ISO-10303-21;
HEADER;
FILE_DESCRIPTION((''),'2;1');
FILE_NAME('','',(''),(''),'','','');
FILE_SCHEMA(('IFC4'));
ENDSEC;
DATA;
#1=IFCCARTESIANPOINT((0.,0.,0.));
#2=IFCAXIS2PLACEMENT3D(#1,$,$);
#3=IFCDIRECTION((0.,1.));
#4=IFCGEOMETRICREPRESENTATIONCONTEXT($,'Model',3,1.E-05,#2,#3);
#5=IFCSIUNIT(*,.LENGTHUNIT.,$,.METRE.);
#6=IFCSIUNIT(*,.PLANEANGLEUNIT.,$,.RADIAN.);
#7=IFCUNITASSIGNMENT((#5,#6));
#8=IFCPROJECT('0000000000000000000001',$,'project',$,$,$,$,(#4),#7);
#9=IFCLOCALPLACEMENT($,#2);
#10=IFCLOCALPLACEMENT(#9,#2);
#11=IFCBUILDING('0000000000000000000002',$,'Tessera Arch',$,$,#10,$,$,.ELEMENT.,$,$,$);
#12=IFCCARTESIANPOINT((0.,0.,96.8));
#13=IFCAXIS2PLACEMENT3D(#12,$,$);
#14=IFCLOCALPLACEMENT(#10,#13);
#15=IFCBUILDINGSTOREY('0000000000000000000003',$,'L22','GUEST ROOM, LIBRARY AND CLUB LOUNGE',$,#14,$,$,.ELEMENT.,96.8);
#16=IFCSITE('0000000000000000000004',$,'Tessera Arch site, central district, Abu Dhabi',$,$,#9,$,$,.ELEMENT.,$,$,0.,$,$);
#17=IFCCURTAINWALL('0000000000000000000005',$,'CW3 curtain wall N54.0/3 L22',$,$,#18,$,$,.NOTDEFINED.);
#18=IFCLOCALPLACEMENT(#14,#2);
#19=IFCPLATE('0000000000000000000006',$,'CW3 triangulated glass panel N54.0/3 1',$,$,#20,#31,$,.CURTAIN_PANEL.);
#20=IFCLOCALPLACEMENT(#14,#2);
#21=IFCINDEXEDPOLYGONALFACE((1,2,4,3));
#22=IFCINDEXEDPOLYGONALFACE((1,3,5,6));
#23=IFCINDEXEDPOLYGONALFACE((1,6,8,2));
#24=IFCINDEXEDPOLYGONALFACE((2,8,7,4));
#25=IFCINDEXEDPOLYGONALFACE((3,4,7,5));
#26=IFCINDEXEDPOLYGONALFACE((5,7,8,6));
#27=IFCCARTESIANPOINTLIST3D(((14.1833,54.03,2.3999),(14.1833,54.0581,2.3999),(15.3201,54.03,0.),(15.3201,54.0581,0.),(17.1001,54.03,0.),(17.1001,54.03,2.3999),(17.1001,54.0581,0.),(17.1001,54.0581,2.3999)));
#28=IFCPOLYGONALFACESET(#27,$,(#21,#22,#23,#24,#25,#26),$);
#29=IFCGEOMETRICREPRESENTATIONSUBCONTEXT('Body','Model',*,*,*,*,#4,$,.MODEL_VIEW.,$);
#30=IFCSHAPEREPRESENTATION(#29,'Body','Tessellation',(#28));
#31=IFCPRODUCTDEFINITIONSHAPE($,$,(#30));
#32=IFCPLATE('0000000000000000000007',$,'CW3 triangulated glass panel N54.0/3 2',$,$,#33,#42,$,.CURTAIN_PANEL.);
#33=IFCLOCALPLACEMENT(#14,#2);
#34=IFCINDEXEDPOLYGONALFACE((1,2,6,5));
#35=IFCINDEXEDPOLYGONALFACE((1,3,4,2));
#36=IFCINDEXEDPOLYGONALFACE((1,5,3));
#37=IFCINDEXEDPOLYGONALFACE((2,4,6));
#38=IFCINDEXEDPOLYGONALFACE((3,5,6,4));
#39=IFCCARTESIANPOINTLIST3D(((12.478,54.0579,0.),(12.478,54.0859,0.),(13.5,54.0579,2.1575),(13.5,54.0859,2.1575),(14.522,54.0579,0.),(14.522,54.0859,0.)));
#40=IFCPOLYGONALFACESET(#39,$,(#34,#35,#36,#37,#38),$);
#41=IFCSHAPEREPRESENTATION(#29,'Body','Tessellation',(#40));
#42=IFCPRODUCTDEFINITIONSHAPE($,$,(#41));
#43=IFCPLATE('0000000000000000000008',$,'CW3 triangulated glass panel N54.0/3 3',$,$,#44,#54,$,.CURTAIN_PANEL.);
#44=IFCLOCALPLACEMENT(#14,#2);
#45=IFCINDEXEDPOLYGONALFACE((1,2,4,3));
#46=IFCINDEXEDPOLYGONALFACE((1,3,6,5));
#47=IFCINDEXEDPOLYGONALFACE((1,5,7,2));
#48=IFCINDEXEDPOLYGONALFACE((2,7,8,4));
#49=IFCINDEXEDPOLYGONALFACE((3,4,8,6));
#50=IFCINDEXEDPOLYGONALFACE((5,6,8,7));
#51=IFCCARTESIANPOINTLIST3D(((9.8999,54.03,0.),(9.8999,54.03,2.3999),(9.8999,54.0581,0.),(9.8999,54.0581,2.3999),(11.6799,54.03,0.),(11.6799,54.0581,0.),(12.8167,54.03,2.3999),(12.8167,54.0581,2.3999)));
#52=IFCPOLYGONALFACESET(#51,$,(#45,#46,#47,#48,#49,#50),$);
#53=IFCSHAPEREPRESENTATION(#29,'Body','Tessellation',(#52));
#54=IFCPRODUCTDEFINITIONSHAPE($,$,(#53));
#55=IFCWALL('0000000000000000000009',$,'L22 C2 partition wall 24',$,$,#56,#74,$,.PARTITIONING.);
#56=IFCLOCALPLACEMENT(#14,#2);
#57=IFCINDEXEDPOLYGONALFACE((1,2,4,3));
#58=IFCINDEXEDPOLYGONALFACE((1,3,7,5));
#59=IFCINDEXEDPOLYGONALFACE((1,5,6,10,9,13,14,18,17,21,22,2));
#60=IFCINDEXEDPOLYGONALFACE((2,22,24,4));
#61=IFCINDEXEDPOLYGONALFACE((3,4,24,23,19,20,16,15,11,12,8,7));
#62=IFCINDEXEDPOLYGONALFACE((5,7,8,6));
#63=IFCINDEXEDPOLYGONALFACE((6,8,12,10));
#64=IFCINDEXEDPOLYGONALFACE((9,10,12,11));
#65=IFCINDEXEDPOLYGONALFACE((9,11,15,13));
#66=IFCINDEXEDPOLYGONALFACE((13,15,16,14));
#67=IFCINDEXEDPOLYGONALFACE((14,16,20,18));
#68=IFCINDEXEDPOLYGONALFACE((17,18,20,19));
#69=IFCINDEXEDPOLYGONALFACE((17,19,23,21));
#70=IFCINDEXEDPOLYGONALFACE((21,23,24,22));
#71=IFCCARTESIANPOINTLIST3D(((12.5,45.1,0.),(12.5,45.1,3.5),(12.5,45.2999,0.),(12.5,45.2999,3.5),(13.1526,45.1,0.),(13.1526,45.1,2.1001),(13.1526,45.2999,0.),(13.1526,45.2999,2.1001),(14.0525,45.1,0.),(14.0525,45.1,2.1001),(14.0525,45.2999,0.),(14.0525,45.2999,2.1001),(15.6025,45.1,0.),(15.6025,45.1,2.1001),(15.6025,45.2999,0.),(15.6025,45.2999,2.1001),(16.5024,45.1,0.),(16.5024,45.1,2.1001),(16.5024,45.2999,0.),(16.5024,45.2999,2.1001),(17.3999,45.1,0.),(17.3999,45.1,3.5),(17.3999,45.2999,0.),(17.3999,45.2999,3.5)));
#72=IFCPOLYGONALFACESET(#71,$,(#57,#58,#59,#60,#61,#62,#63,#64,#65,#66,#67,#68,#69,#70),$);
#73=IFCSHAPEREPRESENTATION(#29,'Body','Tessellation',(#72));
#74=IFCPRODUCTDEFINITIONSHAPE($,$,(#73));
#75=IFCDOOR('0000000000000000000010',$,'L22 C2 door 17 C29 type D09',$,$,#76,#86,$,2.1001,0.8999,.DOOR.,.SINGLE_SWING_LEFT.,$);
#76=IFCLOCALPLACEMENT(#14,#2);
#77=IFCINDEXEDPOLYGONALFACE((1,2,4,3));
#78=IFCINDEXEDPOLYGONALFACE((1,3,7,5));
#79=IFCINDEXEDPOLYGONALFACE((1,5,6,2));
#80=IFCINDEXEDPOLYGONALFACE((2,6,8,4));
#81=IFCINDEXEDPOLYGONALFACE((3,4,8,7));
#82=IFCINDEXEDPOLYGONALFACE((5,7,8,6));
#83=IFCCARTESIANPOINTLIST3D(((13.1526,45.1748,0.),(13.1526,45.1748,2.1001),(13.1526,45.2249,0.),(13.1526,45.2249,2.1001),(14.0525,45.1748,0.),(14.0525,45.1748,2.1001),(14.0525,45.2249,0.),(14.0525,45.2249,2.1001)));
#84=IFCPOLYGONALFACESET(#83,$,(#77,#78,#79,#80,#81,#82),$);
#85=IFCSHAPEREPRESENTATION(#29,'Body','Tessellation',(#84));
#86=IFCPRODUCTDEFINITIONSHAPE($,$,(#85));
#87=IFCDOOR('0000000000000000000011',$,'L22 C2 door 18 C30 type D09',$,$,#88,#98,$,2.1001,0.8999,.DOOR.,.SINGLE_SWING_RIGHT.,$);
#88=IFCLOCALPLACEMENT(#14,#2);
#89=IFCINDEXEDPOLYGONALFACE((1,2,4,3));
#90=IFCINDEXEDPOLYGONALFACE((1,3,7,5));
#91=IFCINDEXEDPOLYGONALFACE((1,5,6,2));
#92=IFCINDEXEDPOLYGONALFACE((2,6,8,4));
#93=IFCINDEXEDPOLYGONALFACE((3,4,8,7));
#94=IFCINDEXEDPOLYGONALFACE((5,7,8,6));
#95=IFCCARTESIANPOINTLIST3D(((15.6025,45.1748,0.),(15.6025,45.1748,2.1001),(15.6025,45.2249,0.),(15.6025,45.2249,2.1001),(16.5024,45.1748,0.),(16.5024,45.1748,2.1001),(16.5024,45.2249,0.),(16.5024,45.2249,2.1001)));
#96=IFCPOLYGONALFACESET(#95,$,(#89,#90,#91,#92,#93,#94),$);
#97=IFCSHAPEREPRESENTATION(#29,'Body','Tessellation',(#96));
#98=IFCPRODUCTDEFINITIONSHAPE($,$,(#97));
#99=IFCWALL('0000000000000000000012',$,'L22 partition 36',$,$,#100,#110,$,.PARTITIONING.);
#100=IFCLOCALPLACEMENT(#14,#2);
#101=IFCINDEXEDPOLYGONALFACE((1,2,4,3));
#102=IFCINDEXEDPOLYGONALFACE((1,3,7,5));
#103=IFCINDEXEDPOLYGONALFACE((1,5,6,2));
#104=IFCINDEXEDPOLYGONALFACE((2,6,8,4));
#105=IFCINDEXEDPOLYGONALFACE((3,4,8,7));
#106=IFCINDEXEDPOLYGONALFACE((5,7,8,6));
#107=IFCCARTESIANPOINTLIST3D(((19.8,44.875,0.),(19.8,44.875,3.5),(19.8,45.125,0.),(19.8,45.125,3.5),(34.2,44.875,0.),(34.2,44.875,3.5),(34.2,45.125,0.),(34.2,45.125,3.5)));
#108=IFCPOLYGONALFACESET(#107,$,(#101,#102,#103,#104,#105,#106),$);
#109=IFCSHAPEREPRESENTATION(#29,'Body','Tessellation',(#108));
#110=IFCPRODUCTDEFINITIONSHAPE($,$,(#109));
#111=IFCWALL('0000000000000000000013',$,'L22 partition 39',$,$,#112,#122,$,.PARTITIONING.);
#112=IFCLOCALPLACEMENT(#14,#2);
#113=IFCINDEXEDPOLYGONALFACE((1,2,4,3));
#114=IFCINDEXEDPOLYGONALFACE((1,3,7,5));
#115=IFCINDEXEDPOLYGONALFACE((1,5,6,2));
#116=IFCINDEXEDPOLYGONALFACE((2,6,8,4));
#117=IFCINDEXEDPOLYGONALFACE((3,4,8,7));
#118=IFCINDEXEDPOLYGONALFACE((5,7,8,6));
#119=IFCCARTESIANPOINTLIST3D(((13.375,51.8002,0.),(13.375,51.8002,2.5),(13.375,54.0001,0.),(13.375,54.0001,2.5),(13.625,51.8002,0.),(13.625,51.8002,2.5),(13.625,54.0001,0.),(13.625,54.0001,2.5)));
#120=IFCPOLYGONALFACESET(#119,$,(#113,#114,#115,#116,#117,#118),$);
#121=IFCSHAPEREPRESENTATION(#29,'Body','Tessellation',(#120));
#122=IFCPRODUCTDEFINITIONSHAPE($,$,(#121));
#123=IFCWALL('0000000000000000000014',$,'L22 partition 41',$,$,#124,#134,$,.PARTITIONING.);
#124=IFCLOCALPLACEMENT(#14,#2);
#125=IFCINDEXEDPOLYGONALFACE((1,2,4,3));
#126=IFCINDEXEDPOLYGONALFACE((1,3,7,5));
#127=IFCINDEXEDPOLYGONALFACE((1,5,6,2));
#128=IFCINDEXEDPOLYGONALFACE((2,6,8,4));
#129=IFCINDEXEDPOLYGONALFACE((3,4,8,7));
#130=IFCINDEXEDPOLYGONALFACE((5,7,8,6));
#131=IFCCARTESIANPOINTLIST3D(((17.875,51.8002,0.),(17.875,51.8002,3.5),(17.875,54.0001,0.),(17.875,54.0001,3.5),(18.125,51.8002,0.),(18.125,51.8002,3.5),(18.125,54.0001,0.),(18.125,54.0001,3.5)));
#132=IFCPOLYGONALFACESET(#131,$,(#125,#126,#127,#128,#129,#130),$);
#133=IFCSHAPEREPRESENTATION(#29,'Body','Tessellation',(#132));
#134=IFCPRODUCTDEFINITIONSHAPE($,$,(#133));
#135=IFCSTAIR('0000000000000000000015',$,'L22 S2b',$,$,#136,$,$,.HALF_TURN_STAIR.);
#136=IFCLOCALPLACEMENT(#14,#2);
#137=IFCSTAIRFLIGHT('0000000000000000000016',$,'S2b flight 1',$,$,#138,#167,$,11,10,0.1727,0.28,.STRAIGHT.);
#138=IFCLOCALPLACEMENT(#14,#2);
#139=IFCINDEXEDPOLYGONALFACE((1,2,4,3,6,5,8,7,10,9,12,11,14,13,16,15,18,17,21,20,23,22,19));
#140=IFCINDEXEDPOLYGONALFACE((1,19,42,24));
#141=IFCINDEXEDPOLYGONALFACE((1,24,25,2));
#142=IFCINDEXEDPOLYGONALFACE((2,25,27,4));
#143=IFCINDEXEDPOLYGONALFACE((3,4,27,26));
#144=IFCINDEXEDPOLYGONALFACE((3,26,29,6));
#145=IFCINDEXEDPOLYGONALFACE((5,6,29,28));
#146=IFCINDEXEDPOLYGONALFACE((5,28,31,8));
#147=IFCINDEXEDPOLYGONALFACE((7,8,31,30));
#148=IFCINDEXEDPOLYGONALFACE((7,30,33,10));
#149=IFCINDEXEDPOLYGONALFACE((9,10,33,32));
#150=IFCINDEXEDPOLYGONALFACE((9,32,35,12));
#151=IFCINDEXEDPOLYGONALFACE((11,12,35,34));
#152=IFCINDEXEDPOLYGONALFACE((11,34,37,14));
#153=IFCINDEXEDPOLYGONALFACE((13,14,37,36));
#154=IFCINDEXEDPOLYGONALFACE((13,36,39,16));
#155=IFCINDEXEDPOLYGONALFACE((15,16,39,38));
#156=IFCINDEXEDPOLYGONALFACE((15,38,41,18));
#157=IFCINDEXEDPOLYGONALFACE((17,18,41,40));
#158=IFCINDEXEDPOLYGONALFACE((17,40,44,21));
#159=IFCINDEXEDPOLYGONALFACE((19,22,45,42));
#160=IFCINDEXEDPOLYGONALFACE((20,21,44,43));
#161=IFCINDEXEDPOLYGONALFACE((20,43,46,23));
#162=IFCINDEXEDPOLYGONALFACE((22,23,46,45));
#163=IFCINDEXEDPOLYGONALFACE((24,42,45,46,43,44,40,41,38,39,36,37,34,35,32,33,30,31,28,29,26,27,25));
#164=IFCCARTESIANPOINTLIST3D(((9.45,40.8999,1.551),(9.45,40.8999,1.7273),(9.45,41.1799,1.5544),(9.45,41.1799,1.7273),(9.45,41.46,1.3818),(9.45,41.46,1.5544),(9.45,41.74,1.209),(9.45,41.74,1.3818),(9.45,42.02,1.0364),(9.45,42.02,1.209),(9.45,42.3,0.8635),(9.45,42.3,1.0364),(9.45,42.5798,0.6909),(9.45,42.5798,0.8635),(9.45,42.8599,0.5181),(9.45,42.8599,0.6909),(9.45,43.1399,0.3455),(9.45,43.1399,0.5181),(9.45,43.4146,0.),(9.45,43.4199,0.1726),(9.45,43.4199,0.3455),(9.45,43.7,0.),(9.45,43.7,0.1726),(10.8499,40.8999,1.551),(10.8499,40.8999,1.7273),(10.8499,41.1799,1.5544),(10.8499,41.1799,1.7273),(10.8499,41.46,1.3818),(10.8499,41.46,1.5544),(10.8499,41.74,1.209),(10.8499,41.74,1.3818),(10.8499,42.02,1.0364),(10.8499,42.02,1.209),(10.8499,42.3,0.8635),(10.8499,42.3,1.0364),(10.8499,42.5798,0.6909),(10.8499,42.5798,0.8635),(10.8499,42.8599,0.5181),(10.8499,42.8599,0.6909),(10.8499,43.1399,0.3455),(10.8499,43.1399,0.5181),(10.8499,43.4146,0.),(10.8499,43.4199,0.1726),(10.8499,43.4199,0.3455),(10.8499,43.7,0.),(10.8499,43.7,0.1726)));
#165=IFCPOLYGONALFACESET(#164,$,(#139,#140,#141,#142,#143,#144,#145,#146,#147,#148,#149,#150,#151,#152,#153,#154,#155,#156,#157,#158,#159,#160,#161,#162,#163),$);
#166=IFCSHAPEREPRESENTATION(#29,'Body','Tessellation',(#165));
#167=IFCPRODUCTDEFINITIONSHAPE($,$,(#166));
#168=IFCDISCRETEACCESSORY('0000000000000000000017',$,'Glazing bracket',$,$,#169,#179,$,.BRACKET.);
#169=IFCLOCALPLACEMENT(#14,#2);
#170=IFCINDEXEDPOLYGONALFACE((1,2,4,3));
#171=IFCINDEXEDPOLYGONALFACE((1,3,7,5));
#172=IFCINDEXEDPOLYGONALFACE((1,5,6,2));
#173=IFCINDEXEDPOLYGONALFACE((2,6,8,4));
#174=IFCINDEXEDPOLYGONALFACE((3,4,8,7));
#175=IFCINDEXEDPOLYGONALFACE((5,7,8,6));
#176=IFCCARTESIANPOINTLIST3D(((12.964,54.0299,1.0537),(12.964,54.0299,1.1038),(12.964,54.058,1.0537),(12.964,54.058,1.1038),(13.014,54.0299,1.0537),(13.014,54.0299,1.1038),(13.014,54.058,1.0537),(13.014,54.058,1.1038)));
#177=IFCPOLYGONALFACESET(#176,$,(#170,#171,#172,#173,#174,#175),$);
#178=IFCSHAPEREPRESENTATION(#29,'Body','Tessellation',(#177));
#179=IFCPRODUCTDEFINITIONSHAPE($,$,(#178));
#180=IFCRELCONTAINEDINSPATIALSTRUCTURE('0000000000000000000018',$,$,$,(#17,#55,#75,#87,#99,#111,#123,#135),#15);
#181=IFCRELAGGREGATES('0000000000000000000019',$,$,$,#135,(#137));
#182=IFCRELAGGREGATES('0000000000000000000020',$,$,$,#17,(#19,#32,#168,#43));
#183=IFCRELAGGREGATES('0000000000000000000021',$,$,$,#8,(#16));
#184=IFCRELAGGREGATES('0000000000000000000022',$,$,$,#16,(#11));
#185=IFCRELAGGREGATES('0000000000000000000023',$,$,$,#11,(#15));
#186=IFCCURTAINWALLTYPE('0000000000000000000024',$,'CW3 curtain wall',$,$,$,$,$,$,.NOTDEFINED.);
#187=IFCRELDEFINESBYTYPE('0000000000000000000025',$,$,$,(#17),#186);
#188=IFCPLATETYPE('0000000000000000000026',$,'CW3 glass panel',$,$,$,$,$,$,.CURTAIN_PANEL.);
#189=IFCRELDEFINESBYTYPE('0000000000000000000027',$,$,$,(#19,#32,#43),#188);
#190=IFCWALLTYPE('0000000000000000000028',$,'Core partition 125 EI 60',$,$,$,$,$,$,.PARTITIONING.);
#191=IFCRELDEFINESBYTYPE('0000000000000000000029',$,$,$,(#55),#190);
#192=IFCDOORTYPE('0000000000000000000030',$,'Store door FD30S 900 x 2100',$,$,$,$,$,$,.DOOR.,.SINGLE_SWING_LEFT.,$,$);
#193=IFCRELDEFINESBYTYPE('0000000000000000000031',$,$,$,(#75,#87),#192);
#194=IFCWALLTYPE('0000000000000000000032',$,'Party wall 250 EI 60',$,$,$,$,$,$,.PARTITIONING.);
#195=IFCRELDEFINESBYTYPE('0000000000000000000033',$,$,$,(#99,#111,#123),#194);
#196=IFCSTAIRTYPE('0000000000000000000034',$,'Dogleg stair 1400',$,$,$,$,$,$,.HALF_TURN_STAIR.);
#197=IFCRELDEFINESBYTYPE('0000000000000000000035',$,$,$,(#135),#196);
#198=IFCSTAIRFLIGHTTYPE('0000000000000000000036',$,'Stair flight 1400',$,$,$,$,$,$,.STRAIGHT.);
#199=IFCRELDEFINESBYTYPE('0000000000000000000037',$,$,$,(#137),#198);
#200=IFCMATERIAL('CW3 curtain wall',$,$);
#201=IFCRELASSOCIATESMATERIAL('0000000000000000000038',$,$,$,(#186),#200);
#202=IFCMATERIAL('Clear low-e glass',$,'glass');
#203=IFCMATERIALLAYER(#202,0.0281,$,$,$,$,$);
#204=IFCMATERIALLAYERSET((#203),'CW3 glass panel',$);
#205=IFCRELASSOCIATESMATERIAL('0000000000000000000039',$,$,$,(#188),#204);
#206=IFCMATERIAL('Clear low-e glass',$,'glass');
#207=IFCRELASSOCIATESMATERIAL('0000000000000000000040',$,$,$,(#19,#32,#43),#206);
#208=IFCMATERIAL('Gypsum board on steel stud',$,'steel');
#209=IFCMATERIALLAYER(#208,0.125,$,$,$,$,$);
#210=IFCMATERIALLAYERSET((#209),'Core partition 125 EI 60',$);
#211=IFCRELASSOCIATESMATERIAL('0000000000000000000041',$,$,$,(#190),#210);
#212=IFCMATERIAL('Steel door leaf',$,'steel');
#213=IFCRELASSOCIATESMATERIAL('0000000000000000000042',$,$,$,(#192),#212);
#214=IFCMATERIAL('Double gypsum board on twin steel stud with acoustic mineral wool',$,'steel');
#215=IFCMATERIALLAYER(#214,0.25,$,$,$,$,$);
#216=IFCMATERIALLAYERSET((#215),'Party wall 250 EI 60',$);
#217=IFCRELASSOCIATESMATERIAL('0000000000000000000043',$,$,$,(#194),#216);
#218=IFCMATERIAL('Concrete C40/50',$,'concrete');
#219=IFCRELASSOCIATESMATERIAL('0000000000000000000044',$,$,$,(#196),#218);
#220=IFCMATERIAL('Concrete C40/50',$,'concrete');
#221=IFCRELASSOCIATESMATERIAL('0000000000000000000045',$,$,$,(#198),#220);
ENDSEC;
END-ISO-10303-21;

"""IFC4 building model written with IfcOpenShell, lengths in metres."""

from ifc_helpers import new_model, si_unit, direction, frame, frame_2d, origin, origin_2d, place, context, subcontext, project, spatial, polyline, rectangle, outline, extrude, material, layer, layer_set, type_object, element, fill, aggregate, save


model = new_model("IFC4")

# Units and contexts
model_context = context("Model", 3, precision=1e-05, world=origin(), true_north=direction((0.0, 1.0)))
body_context = subcontext(model_context, "Body", "Model", "MODEL_VIEW")
ifc_project = project(units=[si_unit("LENGTHUNIT", "METRE"), si_unit("PLANEANGLEUNIT", "RADIAN")], contexts=[model_context])

# Site, building, storey
site_placement = place(None, origin())
site = spatial("IfcSite", under=ifc_project, at=site_placement, Name="Tessera Arch site, central district, Abu Dhabi", CompositionType="ELEMENT", RefElevation=0.0)
building_placement = place(site_placement, origin())
building = spatial("IfcBuilding", under=site, at=building_placement, Name="Tessera Arch", CompositionType="ELEMENT")
storey_placement = place(building_placement, frame((0.0, 0.0, 96.8)))
storey = spatial("IfcBuildingStorey", under=building, at=storey_placement, Name="L22", Description="GUEST ROOM, LIBRARY AND CLUB LOUNGE", CompositionType="ELEMENT", Elevation=96.8)

# Curtain wall
ifc_material_1 = material(Name="CW3 curtain wall")
curtain_wall_type_1 = type_object("IfcCurtainWallType", Name="CW3 curtain wall", PredefinedType="NOTDEFINED", material=ifc_material_1)
curtain_wall_1_placement = place(storey_placement, origin())
curtain_wall_1 = element("IfcCurtainWall", 1, at=curtain_wall_1_placement, inside=storey, type_object=curtain_wall_type_1, Name="CW3 curtain wall N54.0/3 L22", PredefinedType="NOTDEFINED")

# Plates
ifc_material_2 = material(Name="Clear low-e glass", Category="glass")
ifc_material_3 = material(Name="Clear low-e glass", Category="glass")
ifc_layer_1 = layer(ifc_material_3, 0.0281)
ifc_layer_set_1 = layer_set([ifc_layer_1], Name="CW3 glass panel")
plate_type_1 = type_object("IfcPlateType", Name="CW3 glass panel", PredefinedType="CURTAIN_PANEL", material=ifc_layer_set_1)
plate_1_placement = place(storey_placement, frame((17.1001, 54.0581, 0.0), z_axis=(0.0, 1.0, 0.0), x_axis=(-1.0, 0.0, 0.0)))
plate_1 = element("IfcPlate", 2, at=plate_1_placement, type_object=plate_type_1, material=ifc_material_2, Name="CW3 triangulated glass panel N54.0/3 1", PredefinedType="CURTAIN_PANEL", context=body_context, shape_type="SweptSolid", body=[
    extrude(outline(polyline([(0.0, 0.0), (1.78, 0.0), (2.9167, 2.3999), (0.0, 2.3999), (0.0, 0.0)])), origin(), (0.0, 0.0, -1.0), 0.0281),
])
plate_2_placement = place(storey_placement, frame((14.522, 54.0859, 0.0), z_axis=(0.0, 1.0, 0.0), x_axis=(-1.0, 0.0, 0.0)))
plate_2 = element("IfcPlate", 3, at=plate_2_placement, type_object=plate_type_1, material=ifc_material_2, Name="CW3 triangulated glass panel N54.0/3 2", PredefinedType="CURTAIN_PANEL", context=body_context, shape_type="SweptSolid", body=[
    extrude(outline(polyline([(0.0, 0.0), (2.0439, 0.0), (1.022, 2.1575), (0.0, 0.0)])), origin(), (0.0, 0.0, -1.0), 0.0281),
])
plate_3_placement = place(storey_placement, frame((9.8999, 54.0581, 2.3999), z_axis=(0.0, 1.0, 0.0), x_axis=(1.0, 0.0, 0.0)))
plate_3 = element("IfcPlate", 4, at=plate_3_placement, type_object=plate_type_1, material=ifc_material_2, Name="CW3 triangulated glass panel N54.0/3 3", PredefinedType="CURTAIN_PANEL", context=body_context, shape_type="SweptSolid", body=[
    extrude(outline(polyline([(0.0, 0.0), (2.9167, 0.0), (1.78, 2.3999), (0.0, 2.3999), (0.0, 0.0)])), origin(), (0.0, 0.0, -1.0), 0.0281),
])

# Wall, openings, doors
ifc_material_4 = material(Name="Gypsum board on steel stud", Category="steel")
ifc_layer_2 = layer(ifc_material_4, 0.125)
ifc_layer_set_2 = layer_set([ifc_layer_2], Name="Core partition 125 EI 60")
wall_type_1 = type_object("IfcWallType", Name="Core partition 125 EI 60", PredefinedType="PARTITIONING", material=ifc_layer_set_2)
wall_1_placement = place(storey_placement, frame((12.5, 45.2, 0.0), z_axis=(0.0, 0.0, 1.0), x_axis=(1.0, 0.0, 0.0)))
wall_1 = element("IfcWall", 5, at=wall_1_placement, inside=storey, type_object=wall_type_1, Name="L22 C2 partition wall 24", PredefinedType="PARTITIONING", context=body_context, shape_type="SweptSolid", body=[
    extrude(rectangle(XDim=4.8999, YDim=0.2, at=frame_2d((2.45, 0.0))), origin(), (0.0, 0.0, 1.0), 3.5),
])
opening_1_placement = place(wall_1_placement, frame((0.6526, 0.0, 0.0)))
opening_1 = element("IfcOpeningElement", 6, at=opening_1_placement, cuts=wall_1, PredefinedType="OPENING", context=body_context, shape_type="SweptSolid", body=[
    extrude(rectangle(XDim=0.8999, YDim=2.1001, at=frame_2d((0.45, 1.05))), frame((0.0, 0.1099, 0.0), z_axis=(0.0, -1.0, 0.0), x_axis=(1.0, 0.0, 0.0)), (0.0, 0.0, 1.0), 0.22),
])
opening_2_placement = place(wall_1_placement, frame((3.1025, 0.0, 0.0)))
opening_2 = element("IfcOpeningElement", 7, at=opening_2_placement, cuts=wall_1, PredefinedType="OPENING", context=body_context, shape_type="SweptSolid", body=[
    extrude(rectangle(XDim=0.8999, YDim=2.1001, at=frame_2d((0.45, 1.05))), frame((0.0, 0.1099, 0.0), z_axis=(0.0, -1.0, 0.0), x_axis=(1.0, 0.0, 0.0)), (0.0, 0.0, 1.0), 0.22),
])
ifc_material_5 = material(Name="Steel door leaf", Category="steel")
door_type = type_object("IfcDoorType", Name="Store door FD30S 900 x 2100", OperationType="SINGLE_SWING_LEFT", PredefinedType="DOOR", material=ifc_material_5)
door_1_placement = place(opening_1_placement, origin())
door_1 = element("IfcDoor", 8, at=door_1_placement, inside=storey, type_object=door_type, Name="L22 C2 door 17 C29 type D09", OperationType="SINGLE_SWING_LEFT", OverallHeight=2.1001, OverallWidth=0.8999, PredefinedType="DOOR", context=body_context, shape_type="SweptSolid", body=[
    extrude(rectangle(XDim=0.8999, YDim=2.1001, at=frame_2d((0.45, 1.05))), frame((0.0, 0.0249, 0.0), z_axis=(0.0, -1.0, 0.0), x_axis=(1.0, 0.0, 0.0)), (0.0, 0.0, 1.0), 0.05),
])
fill(opening_1, door_1)
door_2_placement = place(opening_2_placement, origin())
door_2 = element("IfcDoor", 9, at=door_2_placement, inside=storey, type_object=door_type, Name="L22 C2 door 18 C30 type D09", OperationType="SINGLE_SWING_RIGHT", OverallHeight=2.1001, OverallWidth=0.8999, PredefinedType="DOOR", context=body_context, shape_type="SweptSolid", body=[
    extrude(rectangle(XDim=0.8999, YDim=2.1001, at=frame_2d((0.45, 1.05))), frame((0.0, 0.0249, 0.0), z_axis=(0.0, -1.0, 0.0), x_axis=(1.0, 0.0, 0.0)), (0.0, 0.0, 1.0), 0.05),
])
fill(opening_2, door_2)

# Walls
ifc_material_6 = material(Name="Double gypsum board on twin steel stud with acoustic mineral wool", Category="steel")
ifc_layer_3 = layer(ifc_material_6, 0.25)
ifc_layer_set_3 = layer_set([ifc_layer_3], Name="Party wall 250 EI 60")
wall_type_2 = type_object("IfcWallType", Name="Party wall 250 EI 60", PredefinedType="PARTITIONING", material=ifc_layer_set_3)
wall_2_placement = place(storey_placement, frame((19.8, 45.0, 0.0), z_axis=(0.0, 0.0, 1.0), x_axis=(1.0, 0.0, 0.0)))
element("IfcWall", 10, at=wall_2_placement, inside=storey, type_object=wall_type_2, Name="L22 partition 36", PredefinedType="PARTITIONING", context=body_context, shape_type="SweptSolid", body=[
    extrude(rectangle(XDim=14.3999, YDim=0.25, at=frame_2d((7.2, 0.0))), origin(), (0.0, 0.0, 1.0), 3.5),
])
wall_3_placement = place(storey_placement, frame((13.5, 51.8, 0.0), z_axis=(0.0, 0.0, 1.0), x_axis=(0.0, 1.0, 0.0)))
element("IfcWall", 11, at=wall_3_placement, inside=storey, type_object=wall_type_2, Name="L22 partition 39", PredefinedType="PARTITIONING", context=body_context, shape_type="SweptSolid", body=[
    extrude(rectangle(XDim=2.2, YDim=0.25, at=frame_2d((1.1001, 0.0))), origin(), (0.0, 0.0, 1.0), 2.5),
])
wall_4_placement = place(storey_placement, frame((18.0, 51.8, 0.0), z_axis=(0.0, 0.0, 1.0), x_axis=(0.0, 1.0, 0.0)))
element("IfcWall", 12, at=wall_4_placement, inside=storey, type_object=wall_type_2, Name="L22 partition 41", PredefinedType="PARTITIONING", context=body_context, shape_type="SweptSolid", body=[
    extrude(rectangle(XDim=2.2, YDim=0.25, at=frame_2d((1.1001, 0.0))), origin(), (0.0, 0.0, 1.0), 3.5),
])

# Stair, stair flight
ifc_material_7 = material(Name="Concrete C40/50", Category="concrete")
stair_type = type_object("IfcStairType", Name="Dogleg stair 1400", PredefinedType="HALF_TURN_STAIR", material=ifc_material_7)
stair_placement = place(storey_placement, origin())
stair = element("IfcStair", 13, at=stair_placement, inside=storey, type_object=stair_type, Name="L22 S2b", PredefinedType="HALF_TURN_STAIR")
ifc_material_8 = material(Name="Concrete C40/50", Category="concrete")
stair_flight_type = type_object("IfcStairFlightType", Name="Stair flight 1400", PredefinedType="STRAIGHT", material=ifc_material_8)
stair_flight_placement = place(storey_placement, frame((10.1499, 43.7, 0.0), z_axis=(0.0, 0.0, 1.0), x_axis=(0.0, -1.0, 0.0)))
stair_flight = element("IfcStairFlight", 14, at=stair_flight_placement, type_object=stair_flight_type, Name="S2b flight 1", NumberOfRisers=11, NumberOfTreads=10, PredefinedType="STRAIGHT", RiserHeight=0.1727, TreadLength=0.28, context=body_context, shape_type="SweptSolid", body=[
    extrude(outline(polyline([(0.0, 0.0), (0.0, 0.1726), (0.28, 0.1726), (0.28, 0.3455), (0.5601, 0.3455), (0.5601, 0.5181), (0.8401, 0.5181), (0.8401, 0.6909), (1.1201, 0.6909), (1.1201, 0.8635), (1.3999, 0.8635), (1.3999, 1.0364), (1.6799, 1.0364), (1.6799, 1.209), (1.96, 1.209), (1.96, 1.3818), (2.24, 1.3818), (2.24, 1.5544), (2.52, 1.5544), (2.52, 1.7273), (2.8, 1.7273), (2.8, 1.8999), (2.8, 1.551), (0.2854, 0.0), (0.0, 0.0)])), frame((0.0, 0.7, 0.0), z_axis=(0.0, -1.0, 0.0), x_axis=(1.0, 0.0, 0.0)), (0.0, 0.0, 1.0), 1.3999),
])
aggregate(stair, [stair_flight])

# Discrete accessory
discrete_accessory_placement = place(storey_placement, frame((12.989, 54.0439, 1.0537), z_axis=(0.0, 0.0, 1.0), x_axis=(-1.0, 0.0, 0.0)))
discrete_accessory = element("IfcDiscreteAccessory", 15, at=discrete_accessory_placement, Name="Glazing bracket", PredefinedType="BRACKET", context=body_context, shape_type="SweptSolid", body=[
    extrude(rectangle(XDim=0.05, YDim=0.0281, at=origin_2d()), origin(), (0.0, 0.0, 1.0), 0.05),
])
aggregate(curtain_wall_1, [plate_1, plate_2, discrete_accessory, plate_3])

save(model, "model.ifc")
